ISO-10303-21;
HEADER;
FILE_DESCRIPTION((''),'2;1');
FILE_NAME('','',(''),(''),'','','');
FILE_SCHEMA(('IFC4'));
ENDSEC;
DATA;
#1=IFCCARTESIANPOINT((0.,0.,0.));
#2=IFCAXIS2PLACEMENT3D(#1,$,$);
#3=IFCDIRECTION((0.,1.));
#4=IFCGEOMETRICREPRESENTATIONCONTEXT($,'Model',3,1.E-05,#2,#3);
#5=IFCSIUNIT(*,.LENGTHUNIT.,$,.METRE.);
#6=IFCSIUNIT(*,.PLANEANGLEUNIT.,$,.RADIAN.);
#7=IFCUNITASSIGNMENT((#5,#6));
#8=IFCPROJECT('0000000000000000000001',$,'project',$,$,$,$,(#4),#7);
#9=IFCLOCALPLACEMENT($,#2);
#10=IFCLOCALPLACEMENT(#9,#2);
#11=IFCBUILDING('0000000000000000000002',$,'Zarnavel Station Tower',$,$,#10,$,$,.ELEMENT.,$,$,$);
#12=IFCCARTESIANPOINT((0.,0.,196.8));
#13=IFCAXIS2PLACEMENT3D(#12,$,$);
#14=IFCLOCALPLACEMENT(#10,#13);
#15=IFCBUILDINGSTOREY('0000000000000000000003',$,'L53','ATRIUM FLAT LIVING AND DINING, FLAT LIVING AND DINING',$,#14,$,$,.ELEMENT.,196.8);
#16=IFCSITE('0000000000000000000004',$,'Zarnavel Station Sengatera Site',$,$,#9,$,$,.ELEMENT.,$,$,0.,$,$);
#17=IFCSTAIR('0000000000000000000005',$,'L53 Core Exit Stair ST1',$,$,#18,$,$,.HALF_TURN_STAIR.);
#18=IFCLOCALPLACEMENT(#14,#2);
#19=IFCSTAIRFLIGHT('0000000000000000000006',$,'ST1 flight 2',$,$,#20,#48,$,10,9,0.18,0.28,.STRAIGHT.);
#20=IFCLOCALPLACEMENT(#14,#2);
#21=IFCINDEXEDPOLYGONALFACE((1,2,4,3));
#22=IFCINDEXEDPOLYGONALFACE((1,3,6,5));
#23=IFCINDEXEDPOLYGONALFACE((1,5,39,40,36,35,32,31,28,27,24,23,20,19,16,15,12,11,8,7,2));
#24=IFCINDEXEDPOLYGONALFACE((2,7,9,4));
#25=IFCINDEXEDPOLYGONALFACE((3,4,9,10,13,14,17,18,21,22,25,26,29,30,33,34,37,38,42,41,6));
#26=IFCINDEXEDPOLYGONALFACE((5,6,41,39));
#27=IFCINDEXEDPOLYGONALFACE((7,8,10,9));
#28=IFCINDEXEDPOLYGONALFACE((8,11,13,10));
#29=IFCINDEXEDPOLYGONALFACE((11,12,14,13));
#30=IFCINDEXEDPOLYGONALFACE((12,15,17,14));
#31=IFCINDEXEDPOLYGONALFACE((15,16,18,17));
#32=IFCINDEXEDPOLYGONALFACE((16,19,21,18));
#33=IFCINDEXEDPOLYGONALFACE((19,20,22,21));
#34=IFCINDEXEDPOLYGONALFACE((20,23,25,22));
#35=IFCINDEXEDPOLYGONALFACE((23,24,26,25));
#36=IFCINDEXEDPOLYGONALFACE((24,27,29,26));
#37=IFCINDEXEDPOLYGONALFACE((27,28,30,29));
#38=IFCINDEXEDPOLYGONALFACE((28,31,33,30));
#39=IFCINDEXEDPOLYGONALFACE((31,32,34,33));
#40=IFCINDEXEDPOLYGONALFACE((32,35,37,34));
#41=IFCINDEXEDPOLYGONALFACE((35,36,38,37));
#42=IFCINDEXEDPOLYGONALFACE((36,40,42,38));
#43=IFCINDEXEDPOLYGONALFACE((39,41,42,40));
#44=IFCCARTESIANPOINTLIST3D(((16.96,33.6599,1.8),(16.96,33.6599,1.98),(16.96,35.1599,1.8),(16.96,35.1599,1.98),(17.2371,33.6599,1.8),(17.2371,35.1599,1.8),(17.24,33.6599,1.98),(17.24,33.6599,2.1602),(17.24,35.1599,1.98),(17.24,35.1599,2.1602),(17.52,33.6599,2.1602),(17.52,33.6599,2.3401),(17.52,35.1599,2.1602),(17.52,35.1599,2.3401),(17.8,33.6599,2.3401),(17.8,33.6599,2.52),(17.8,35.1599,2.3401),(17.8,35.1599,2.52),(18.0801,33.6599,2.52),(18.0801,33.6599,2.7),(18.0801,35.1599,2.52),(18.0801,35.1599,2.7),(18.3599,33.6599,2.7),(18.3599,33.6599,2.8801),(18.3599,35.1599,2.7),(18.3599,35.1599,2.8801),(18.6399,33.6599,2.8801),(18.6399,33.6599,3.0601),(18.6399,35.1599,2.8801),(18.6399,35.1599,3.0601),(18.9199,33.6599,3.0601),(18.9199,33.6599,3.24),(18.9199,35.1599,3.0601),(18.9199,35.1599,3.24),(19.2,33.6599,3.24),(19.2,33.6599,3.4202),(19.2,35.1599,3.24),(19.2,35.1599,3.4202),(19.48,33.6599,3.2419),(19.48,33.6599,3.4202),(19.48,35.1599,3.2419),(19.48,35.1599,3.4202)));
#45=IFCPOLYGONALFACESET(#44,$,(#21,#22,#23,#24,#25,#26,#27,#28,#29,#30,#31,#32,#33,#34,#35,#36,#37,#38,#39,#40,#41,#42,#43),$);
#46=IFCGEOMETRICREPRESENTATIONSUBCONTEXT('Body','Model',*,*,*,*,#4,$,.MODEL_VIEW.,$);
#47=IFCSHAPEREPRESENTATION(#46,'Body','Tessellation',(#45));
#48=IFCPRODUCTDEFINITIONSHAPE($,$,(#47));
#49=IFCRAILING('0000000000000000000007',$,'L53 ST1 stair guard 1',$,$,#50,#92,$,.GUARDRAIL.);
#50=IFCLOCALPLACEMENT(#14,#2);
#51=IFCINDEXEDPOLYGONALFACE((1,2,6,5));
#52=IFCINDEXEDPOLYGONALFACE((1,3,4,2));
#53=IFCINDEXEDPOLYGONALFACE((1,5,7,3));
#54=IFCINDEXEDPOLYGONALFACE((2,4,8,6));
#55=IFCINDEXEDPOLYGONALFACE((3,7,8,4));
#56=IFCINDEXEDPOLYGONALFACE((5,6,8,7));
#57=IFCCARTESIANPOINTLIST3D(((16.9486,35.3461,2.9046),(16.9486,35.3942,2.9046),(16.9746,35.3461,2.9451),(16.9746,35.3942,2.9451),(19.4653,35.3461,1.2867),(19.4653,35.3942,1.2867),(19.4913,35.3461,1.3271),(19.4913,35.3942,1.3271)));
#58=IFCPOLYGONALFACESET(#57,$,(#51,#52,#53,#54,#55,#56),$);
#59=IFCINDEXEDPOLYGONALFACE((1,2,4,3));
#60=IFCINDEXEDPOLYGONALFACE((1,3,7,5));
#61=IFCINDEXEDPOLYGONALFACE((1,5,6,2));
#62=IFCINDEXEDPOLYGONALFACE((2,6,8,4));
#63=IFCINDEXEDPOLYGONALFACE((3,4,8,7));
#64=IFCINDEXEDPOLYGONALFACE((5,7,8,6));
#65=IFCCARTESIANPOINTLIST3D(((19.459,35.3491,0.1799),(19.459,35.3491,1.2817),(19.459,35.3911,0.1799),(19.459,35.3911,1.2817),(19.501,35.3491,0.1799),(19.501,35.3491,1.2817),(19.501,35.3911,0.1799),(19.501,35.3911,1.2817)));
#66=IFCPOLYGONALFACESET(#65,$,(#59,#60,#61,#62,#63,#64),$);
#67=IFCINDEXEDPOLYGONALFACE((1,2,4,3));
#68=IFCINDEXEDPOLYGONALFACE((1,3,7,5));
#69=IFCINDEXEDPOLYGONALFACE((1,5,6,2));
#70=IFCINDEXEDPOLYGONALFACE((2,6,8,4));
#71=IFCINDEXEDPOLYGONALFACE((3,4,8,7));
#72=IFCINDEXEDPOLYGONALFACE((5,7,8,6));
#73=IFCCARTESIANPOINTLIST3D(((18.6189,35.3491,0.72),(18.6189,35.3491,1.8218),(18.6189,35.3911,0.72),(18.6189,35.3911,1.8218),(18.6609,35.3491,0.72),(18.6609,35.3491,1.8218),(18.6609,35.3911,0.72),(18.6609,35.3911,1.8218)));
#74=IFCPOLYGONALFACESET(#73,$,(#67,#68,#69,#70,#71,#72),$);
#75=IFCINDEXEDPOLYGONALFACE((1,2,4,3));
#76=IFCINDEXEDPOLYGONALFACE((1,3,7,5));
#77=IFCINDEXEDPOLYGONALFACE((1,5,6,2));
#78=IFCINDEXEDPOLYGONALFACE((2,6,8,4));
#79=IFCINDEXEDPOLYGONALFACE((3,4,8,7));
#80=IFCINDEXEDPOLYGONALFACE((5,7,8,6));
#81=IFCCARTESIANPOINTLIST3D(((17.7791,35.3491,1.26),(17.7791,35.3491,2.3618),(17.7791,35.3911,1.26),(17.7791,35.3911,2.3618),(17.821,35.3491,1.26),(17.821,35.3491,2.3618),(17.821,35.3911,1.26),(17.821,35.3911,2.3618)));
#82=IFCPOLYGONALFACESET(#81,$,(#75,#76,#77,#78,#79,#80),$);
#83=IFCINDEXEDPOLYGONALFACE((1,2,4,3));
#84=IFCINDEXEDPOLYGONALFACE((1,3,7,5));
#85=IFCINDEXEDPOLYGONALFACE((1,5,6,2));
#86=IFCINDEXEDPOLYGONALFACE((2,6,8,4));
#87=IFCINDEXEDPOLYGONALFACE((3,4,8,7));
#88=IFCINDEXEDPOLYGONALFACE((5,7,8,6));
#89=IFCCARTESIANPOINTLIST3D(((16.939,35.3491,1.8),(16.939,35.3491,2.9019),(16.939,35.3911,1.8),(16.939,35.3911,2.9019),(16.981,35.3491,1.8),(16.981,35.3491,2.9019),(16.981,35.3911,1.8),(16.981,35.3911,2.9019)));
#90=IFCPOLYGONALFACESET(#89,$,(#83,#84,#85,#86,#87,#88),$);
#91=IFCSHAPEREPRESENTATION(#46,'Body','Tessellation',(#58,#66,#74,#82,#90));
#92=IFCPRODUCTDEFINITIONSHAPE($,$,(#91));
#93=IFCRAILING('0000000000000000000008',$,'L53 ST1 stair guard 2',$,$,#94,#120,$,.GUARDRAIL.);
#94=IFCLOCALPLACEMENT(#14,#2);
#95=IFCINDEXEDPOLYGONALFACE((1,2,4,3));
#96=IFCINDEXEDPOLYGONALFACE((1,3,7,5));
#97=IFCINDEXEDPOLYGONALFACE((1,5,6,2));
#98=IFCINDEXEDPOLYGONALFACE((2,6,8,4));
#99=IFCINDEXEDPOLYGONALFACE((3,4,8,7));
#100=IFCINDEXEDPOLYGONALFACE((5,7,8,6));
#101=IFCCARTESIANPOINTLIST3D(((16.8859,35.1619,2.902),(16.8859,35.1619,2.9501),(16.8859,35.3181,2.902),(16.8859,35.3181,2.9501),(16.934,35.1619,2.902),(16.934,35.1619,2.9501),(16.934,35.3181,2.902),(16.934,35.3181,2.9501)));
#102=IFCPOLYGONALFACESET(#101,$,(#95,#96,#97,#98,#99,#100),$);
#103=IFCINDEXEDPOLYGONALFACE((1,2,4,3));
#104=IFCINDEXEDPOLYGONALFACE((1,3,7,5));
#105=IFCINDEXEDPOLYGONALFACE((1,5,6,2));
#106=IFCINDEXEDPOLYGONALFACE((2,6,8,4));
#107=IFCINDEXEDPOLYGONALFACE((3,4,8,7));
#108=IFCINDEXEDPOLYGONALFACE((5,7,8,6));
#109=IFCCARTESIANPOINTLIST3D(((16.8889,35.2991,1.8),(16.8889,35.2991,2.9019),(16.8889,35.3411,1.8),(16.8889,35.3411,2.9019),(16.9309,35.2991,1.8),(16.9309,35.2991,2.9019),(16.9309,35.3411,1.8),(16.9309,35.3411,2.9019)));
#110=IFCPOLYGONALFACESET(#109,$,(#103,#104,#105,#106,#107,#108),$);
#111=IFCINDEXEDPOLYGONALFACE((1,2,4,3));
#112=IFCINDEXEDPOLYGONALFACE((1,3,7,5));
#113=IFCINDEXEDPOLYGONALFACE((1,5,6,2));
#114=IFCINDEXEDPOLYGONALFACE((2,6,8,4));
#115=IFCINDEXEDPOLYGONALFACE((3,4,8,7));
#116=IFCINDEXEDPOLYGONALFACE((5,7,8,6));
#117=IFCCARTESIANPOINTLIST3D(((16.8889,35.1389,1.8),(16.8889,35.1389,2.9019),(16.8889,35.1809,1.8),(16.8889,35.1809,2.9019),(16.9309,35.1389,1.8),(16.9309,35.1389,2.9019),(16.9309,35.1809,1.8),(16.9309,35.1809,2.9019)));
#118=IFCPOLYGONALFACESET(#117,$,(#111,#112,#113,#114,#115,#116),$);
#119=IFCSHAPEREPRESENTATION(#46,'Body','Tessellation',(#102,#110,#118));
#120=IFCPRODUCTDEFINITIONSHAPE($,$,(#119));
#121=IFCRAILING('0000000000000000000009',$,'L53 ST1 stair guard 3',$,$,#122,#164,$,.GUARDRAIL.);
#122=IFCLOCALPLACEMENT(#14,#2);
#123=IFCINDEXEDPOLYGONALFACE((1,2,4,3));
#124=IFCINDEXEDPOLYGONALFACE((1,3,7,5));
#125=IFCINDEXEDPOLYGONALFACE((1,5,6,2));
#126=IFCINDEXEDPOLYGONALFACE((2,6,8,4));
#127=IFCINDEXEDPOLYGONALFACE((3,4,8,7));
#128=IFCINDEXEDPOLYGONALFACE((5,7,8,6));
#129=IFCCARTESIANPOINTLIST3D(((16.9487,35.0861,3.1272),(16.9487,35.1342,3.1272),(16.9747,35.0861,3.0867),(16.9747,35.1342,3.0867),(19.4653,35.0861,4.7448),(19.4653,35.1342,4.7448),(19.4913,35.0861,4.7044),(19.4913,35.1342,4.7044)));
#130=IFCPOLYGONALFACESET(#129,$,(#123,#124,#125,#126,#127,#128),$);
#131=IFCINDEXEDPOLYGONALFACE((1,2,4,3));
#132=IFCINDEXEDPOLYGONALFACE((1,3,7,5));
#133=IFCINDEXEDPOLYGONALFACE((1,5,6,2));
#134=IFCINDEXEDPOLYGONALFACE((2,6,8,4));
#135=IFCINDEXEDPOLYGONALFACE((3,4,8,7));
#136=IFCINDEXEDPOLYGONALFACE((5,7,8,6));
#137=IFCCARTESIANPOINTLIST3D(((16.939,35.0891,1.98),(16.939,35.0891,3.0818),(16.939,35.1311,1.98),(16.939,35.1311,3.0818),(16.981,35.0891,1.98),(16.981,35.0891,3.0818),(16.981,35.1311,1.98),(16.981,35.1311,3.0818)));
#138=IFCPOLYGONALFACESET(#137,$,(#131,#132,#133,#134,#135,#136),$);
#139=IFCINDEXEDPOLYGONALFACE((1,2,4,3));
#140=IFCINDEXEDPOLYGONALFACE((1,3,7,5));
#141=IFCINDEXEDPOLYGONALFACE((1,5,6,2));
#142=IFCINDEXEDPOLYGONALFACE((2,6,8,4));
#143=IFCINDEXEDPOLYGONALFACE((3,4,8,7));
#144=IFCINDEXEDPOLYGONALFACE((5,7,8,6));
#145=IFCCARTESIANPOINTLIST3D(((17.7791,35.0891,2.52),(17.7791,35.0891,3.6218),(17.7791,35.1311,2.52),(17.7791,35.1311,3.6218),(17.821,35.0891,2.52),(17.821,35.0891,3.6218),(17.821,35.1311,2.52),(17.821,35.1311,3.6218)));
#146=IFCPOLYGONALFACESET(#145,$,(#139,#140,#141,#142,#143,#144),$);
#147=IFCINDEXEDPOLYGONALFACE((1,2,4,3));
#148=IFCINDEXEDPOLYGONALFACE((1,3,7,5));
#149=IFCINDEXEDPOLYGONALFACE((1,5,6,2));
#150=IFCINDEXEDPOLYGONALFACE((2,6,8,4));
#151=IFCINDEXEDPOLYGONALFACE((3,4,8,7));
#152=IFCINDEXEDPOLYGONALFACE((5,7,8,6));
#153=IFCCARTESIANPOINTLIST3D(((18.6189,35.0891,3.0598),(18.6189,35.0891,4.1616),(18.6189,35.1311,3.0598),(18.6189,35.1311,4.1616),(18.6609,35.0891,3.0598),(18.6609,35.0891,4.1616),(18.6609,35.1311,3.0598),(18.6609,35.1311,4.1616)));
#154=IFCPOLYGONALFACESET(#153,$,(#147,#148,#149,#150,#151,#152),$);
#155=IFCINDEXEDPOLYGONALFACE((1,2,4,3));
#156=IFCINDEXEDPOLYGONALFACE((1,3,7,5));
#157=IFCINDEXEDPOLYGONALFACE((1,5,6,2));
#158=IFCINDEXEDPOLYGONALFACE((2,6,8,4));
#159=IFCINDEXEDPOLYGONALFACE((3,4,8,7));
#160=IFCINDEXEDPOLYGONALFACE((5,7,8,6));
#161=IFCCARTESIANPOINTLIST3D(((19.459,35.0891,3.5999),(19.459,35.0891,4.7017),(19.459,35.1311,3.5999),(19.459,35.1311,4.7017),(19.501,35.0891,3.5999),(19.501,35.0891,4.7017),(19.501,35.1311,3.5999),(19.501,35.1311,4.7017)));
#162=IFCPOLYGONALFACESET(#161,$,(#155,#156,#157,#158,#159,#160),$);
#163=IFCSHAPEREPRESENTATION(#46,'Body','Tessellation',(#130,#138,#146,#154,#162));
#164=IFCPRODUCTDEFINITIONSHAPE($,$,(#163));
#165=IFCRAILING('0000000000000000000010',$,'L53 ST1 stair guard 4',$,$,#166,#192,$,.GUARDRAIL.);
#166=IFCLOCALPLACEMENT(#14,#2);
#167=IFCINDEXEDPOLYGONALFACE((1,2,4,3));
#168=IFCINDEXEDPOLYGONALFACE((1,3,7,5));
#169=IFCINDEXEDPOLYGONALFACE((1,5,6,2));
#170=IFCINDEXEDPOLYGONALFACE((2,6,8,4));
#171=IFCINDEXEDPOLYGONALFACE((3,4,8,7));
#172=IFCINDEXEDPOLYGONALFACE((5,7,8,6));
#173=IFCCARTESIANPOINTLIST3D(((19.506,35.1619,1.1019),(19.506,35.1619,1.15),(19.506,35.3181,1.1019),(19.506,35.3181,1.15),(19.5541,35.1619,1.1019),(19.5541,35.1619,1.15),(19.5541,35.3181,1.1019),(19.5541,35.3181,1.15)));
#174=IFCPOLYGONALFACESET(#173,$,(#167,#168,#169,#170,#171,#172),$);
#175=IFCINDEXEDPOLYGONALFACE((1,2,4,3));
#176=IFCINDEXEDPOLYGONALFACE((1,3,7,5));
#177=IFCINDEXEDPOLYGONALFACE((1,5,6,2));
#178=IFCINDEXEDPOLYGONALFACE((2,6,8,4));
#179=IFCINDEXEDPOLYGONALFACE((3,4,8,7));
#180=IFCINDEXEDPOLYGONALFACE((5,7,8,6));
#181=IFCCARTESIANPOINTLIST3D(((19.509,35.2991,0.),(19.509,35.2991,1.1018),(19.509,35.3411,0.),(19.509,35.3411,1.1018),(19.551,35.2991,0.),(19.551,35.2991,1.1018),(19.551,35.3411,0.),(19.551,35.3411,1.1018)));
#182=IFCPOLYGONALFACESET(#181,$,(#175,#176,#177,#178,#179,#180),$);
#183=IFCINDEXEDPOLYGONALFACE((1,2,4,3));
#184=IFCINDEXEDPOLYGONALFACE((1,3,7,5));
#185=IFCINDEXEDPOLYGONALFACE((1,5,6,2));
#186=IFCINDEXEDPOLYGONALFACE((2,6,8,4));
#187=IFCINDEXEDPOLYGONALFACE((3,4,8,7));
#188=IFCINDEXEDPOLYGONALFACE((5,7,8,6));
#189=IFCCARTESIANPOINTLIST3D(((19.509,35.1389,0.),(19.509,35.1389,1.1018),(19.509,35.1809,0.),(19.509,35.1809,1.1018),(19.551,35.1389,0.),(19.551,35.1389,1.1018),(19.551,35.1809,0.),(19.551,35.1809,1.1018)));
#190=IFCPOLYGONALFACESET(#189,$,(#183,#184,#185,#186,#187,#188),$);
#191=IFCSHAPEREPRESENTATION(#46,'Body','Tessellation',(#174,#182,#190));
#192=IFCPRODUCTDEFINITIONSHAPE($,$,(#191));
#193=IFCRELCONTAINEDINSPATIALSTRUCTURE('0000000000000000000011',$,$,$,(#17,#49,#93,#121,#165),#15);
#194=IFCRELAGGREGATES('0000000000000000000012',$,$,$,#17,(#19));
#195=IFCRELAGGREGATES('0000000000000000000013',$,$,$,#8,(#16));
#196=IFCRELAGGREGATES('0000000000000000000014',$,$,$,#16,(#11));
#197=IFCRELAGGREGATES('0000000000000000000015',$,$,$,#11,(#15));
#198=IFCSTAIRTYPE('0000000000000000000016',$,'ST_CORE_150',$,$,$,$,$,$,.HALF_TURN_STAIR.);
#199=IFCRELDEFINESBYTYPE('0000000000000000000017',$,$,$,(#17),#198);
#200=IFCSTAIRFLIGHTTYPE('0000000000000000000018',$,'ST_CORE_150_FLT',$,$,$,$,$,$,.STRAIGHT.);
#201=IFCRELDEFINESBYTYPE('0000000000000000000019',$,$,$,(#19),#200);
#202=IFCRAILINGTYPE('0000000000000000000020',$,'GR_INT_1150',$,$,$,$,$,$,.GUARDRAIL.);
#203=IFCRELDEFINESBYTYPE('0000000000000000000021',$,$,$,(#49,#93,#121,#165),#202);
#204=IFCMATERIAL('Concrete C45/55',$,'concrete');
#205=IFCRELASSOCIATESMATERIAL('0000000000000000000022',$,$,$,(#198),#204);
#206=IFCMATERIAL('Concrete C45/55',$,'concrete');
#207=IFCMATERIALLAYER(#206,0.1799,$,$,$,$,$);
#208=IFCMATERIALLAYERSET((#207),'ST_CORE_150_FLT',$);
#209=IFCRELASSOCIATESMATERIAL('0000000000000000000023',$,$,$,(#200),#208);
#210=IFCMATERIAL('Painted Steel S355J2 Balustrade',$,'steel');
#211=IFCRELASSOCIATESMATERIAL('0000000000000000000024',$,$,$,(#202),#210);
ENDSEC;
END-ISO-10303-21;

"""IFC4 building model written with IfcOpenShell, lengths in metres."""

from ifc_helpers import new_model, si_unit, direction, frame, origin, origin_2d, place, context, subcontext, project, spatial, polyline, rectangle, outline, extrude, material, layer, layer_set, type_object, element, aggregate, save


model = new_model("IFC4")

# Units and contexts
model_context = context("Model", 3, precision=1e-05, world=origin(), true_north=direction((0.0, 1.0)))
body_context = subcontext(model_context, "Body", "Model", "MODEL_VIEW")
ifc_project = project(units=[si_unit("LENGTHUNIT", "METRE"), si_unit("PLANEANGLEUNIT", "RADIAN")], contexts=[model_context])

# Site, building, storey
site_placement = place(None, origin())
site = spatial("IfcSite", under=ifc_project, at=site_placement, Name="Zarnavel Station Sengatera Site", CompositionType="ELEMENT", RefElevation=0.0)
building_placement = place(site_placement, origin())
building = spatial("IfcBuilding", under=site, at=building_placement, Name="Zarnavel Station Tower", CompositionType="ELEMENT")
storey_placement = place(building_placement, frame((0.0, 0.0, 196.8)))
storey = spatial("IfcBuildingStorey", under=building, at=storey_placement, Name="L53", Description="ATRIUM FLAT LIVING AND DINING, FLAT LIVING AND DINING", CompositionType="ELEMENT", Elevation=196.8)

# Stair, stair flight
ifc_material_1 = material(Name="Concrete C45/55", Category="concrete")
stair_type = type_object("IfcStairType", Name="ST_CORE_150", PredefinedType="HALF_TURN_STAIR", material=ifc_material_1)
stair_placement = place(storey_placement, origin())
stair = element("IfcStair", 1, at=stair_placement, inside=storey, type_object=stair_type, Name="L53 Core Exit Stair ST1", PredefinedType="HALF_TURN_STAIR")
ifc_material_2 = material(Name="Concrete C45/55", Category="concrete")
ifc_layer_1 = layer(ifc_material_2, 0.1799)
ifc_layer_set_1 = layer_set([ifc_layer_1], Name="ST_CORE_150_FLT")
stair_flight_type = type_object("IfcStairFlightType", Name="ST_CORE_150_FLT", PredefinedType="STRAIGHT", material=ifc_layer_set_1)
stair_flight_1_placement = place(storey_placement, frame((16.96, 34.4099, 1.8), z_axis=(0.0, 0.0, 1.0), x_axis=(1.0, 0.0, 0.0)))
stair_flight_1 = element("IfcStairFlight", 2, at=stair_flight_1_placement, type_object=stair_flight_type, Name="ST1 flight 2", NumberOfRisers=10, NumberOfTreads=9, PredefinedType="STRAIGHT", RiserHeight=0.18, TreadLength=0.28, context=body_context, shape_type="SweptSolid", body=[
    extrude(outline(polyline([(0.0, 0.0), (0.0, 0.1799), (0.28, 0.1799), (0.28, 0.3601), (0.5601, 0.3601), (0.5601, 0.54), (0.8401, 0.54), (0.8401, 0.72), (1.1201, 0.72), (1.1201, 0.8999), (1.3999, 0.8999), (1.3999, 1.0801), (1.6799, 1.0801), (1.6799, 1.26), (1.96, 1.26), (1.96, 1.4399), (2.24, 1.4399), (2.24, 1.6201), (2.52, 1.6201), (2.52, 1.8), (2.52, 1.4419), (0.2771, 0.0), (0.0, 0.0)])), frame((0.0, 0.75, 0.0), z_axis=(0.0, -1.0, 0.0), x_axis=(1.0, 0.0, 0.0)), (0.0, 0.0, 1.0), 1.5),
])
aggregate(stair, [stair_flight_1])

# Railings
ifc_material_3 = material(Name="Painted Steel S355J2 Balustrade", Category="steel")
railing_type_1 = type_object("IfcRailingType", Name="GR_INT_1150", PredefinedType="GUARDRAIL", material=ifc_material_3)
railing_1_placement = place(storey_placement, frame((19.48, 35.3701, 0.1799)))
element("IfcRailing", 3, at=railing_1_placement, inside=storey, type_object=railing_type_1, Name="L53 ST1 stair guard 1", PredefinedType="GUARDRAIL", context=body_context, shape_type="SweptSolid", body=[
    extrude(rectangle(XDim=0.0481, YDim=0.0481, at=origin_2d()), frame((-0.0017, 0.0, 1.127), z_axis=(-0.841163, 0.0, 0.540782), x_axis=(0.0, -1.0, 0.0)), (0.0, 0.0, 1.0), 2.9919),
    extrude(rectangle(XDim=0.042, YDim=0.042, at=origin_2d()), origin(), (0.0, 0.0, 1.0), 1.1018),
    extrude(rectangle(XDim=0.042, YDim=0.042, at=origin_2d()), frame((-0.8401, 0.0, 0.54)), (0.0, 0.0, 1.0), 1.1018),
    extrude(rectangle(XDim=0.042, YDim=0.042, at=origin_2d()), frame((-1.6799, 0.0, 1.0801)), (0.0, 0.0, 1.0), 1.1018),
    extrude(rectangle(XDim=0.042, YDim=0.042, at=origin_2d()), frame((-2.52, 0.0, 1.6201)), (0.0, 0.0, 1.0), 1.1018),
])
railing_2_placement = place(storey_placement, frame((16.9099, 35.3201, 1.8)))
element("IfcRailing", 4, at=railing_2_placement, inside=storey, type_object=railing_type_1, Name="L53 ST1 stair guard 2", PredefinedType="GUARDRAIL", context=body_context, shape_type="SweptSolid", body=[
    extrude(rectangle(XDim=0.0481, YDim=0.0481, at=origin_2d()), frame((0.0, -0.002, 1.126), z_axis=(0.0, -1.0, 0.0), x_axis=(1.0, 0.0, 0.0)), (0.0, 0.0, 1.0), 0.1562),
    extrude(rectangle(XDim=0.042, YDim=0.042, at=origin_2d()), origin(), (0.0, 0.0, 1.0), 1.1018),
    extrude(rectangle(XDim=0.042, YDim=0.042, at=origin_2d()), frame((0.0, -0.1602, 0.0)), (0.0, 0.0, 1.0), 1.1018),
])
railing_3_placement = place(storey_placement, frame((16.96, 35.1101, 1.98)))
element("IfcRailing", 5, at=railing_3_placement, inside=storey, type_object=railing_type_1, Name="L53 ST1 stair guard 3", PredefinedType="GUARDRAIL", context=body_context, shape_type="SweptSolid", body=[
    extrude(rectangle(XDim=0.0481, YDim=0.0481, at=origin_2d()), frame((0.0017, 0.0, 1.127), z_axis=(0.8412, 0.0, 0.540725), x_axis=(0.0, 1.0, 0.0)), (0.0, 0.0, 1.0), 2.9917),
    extrude(rectangle(XDim=0.042, YDim=0.042, at=origin_2d()), origin(), (0.0, 0.0, 1.0), 1.1018),
    extrude(rectangle(XDim=0.042, YDim=0.042, at=origin_2d()), frame((0.8401, 0.0, 0.54)), (0.0, 0.0, 1.0), 1.1018),
    extrude(rectangle(XDim=0.042, YDim=0.042, at=origin_2d()), frame((1.6799, 0.0, 1.0798)), (0.0, 0.0, 1.0), 1.1018),
    extrude(rectangle(XDim=0.042, YDim=0.042, at=origin_2d()), frame((2.52, 0.0, 1.6199)), (0.0, 0.0, 1.0), 1.1018),
])
railing_4_placement = place(storey_placement, frame((19.53, 35.3201, 0.0)))
element("IfcRailing", 6, at=railing_4_placement, inside=storey, type_object=railing_type_1, Name="L53 ST1 stair guard 4", PredefinedType="GUARDRAIL", context=body_context, shape_type="SweptSolid", body=[
    extrude(rectangle(XDim=0.0481, YDim=0.0481, at=origin_2d()), frame((0.0, -0.002, 1.126), z_axis=(0.0, -1.0, 0.0), x_axis=(1.0, 0.0, 0.0)), (0.0, 0.0, 1.0), 0.1562),
    extrude(rectangle(XDim=0.042, YDim=0.042, at=origin_2d()), origin(), (0.0, 0.0, 1.0), 1.1018),
    extrude(rectangle(XDim=0.042, YDim=0.042, at=origin_2d()), frame((0.0, -0.1602, 0.0)), (0.0, 0.0, 1.0), 1.1018),
])

save(model, "model.ifc")
